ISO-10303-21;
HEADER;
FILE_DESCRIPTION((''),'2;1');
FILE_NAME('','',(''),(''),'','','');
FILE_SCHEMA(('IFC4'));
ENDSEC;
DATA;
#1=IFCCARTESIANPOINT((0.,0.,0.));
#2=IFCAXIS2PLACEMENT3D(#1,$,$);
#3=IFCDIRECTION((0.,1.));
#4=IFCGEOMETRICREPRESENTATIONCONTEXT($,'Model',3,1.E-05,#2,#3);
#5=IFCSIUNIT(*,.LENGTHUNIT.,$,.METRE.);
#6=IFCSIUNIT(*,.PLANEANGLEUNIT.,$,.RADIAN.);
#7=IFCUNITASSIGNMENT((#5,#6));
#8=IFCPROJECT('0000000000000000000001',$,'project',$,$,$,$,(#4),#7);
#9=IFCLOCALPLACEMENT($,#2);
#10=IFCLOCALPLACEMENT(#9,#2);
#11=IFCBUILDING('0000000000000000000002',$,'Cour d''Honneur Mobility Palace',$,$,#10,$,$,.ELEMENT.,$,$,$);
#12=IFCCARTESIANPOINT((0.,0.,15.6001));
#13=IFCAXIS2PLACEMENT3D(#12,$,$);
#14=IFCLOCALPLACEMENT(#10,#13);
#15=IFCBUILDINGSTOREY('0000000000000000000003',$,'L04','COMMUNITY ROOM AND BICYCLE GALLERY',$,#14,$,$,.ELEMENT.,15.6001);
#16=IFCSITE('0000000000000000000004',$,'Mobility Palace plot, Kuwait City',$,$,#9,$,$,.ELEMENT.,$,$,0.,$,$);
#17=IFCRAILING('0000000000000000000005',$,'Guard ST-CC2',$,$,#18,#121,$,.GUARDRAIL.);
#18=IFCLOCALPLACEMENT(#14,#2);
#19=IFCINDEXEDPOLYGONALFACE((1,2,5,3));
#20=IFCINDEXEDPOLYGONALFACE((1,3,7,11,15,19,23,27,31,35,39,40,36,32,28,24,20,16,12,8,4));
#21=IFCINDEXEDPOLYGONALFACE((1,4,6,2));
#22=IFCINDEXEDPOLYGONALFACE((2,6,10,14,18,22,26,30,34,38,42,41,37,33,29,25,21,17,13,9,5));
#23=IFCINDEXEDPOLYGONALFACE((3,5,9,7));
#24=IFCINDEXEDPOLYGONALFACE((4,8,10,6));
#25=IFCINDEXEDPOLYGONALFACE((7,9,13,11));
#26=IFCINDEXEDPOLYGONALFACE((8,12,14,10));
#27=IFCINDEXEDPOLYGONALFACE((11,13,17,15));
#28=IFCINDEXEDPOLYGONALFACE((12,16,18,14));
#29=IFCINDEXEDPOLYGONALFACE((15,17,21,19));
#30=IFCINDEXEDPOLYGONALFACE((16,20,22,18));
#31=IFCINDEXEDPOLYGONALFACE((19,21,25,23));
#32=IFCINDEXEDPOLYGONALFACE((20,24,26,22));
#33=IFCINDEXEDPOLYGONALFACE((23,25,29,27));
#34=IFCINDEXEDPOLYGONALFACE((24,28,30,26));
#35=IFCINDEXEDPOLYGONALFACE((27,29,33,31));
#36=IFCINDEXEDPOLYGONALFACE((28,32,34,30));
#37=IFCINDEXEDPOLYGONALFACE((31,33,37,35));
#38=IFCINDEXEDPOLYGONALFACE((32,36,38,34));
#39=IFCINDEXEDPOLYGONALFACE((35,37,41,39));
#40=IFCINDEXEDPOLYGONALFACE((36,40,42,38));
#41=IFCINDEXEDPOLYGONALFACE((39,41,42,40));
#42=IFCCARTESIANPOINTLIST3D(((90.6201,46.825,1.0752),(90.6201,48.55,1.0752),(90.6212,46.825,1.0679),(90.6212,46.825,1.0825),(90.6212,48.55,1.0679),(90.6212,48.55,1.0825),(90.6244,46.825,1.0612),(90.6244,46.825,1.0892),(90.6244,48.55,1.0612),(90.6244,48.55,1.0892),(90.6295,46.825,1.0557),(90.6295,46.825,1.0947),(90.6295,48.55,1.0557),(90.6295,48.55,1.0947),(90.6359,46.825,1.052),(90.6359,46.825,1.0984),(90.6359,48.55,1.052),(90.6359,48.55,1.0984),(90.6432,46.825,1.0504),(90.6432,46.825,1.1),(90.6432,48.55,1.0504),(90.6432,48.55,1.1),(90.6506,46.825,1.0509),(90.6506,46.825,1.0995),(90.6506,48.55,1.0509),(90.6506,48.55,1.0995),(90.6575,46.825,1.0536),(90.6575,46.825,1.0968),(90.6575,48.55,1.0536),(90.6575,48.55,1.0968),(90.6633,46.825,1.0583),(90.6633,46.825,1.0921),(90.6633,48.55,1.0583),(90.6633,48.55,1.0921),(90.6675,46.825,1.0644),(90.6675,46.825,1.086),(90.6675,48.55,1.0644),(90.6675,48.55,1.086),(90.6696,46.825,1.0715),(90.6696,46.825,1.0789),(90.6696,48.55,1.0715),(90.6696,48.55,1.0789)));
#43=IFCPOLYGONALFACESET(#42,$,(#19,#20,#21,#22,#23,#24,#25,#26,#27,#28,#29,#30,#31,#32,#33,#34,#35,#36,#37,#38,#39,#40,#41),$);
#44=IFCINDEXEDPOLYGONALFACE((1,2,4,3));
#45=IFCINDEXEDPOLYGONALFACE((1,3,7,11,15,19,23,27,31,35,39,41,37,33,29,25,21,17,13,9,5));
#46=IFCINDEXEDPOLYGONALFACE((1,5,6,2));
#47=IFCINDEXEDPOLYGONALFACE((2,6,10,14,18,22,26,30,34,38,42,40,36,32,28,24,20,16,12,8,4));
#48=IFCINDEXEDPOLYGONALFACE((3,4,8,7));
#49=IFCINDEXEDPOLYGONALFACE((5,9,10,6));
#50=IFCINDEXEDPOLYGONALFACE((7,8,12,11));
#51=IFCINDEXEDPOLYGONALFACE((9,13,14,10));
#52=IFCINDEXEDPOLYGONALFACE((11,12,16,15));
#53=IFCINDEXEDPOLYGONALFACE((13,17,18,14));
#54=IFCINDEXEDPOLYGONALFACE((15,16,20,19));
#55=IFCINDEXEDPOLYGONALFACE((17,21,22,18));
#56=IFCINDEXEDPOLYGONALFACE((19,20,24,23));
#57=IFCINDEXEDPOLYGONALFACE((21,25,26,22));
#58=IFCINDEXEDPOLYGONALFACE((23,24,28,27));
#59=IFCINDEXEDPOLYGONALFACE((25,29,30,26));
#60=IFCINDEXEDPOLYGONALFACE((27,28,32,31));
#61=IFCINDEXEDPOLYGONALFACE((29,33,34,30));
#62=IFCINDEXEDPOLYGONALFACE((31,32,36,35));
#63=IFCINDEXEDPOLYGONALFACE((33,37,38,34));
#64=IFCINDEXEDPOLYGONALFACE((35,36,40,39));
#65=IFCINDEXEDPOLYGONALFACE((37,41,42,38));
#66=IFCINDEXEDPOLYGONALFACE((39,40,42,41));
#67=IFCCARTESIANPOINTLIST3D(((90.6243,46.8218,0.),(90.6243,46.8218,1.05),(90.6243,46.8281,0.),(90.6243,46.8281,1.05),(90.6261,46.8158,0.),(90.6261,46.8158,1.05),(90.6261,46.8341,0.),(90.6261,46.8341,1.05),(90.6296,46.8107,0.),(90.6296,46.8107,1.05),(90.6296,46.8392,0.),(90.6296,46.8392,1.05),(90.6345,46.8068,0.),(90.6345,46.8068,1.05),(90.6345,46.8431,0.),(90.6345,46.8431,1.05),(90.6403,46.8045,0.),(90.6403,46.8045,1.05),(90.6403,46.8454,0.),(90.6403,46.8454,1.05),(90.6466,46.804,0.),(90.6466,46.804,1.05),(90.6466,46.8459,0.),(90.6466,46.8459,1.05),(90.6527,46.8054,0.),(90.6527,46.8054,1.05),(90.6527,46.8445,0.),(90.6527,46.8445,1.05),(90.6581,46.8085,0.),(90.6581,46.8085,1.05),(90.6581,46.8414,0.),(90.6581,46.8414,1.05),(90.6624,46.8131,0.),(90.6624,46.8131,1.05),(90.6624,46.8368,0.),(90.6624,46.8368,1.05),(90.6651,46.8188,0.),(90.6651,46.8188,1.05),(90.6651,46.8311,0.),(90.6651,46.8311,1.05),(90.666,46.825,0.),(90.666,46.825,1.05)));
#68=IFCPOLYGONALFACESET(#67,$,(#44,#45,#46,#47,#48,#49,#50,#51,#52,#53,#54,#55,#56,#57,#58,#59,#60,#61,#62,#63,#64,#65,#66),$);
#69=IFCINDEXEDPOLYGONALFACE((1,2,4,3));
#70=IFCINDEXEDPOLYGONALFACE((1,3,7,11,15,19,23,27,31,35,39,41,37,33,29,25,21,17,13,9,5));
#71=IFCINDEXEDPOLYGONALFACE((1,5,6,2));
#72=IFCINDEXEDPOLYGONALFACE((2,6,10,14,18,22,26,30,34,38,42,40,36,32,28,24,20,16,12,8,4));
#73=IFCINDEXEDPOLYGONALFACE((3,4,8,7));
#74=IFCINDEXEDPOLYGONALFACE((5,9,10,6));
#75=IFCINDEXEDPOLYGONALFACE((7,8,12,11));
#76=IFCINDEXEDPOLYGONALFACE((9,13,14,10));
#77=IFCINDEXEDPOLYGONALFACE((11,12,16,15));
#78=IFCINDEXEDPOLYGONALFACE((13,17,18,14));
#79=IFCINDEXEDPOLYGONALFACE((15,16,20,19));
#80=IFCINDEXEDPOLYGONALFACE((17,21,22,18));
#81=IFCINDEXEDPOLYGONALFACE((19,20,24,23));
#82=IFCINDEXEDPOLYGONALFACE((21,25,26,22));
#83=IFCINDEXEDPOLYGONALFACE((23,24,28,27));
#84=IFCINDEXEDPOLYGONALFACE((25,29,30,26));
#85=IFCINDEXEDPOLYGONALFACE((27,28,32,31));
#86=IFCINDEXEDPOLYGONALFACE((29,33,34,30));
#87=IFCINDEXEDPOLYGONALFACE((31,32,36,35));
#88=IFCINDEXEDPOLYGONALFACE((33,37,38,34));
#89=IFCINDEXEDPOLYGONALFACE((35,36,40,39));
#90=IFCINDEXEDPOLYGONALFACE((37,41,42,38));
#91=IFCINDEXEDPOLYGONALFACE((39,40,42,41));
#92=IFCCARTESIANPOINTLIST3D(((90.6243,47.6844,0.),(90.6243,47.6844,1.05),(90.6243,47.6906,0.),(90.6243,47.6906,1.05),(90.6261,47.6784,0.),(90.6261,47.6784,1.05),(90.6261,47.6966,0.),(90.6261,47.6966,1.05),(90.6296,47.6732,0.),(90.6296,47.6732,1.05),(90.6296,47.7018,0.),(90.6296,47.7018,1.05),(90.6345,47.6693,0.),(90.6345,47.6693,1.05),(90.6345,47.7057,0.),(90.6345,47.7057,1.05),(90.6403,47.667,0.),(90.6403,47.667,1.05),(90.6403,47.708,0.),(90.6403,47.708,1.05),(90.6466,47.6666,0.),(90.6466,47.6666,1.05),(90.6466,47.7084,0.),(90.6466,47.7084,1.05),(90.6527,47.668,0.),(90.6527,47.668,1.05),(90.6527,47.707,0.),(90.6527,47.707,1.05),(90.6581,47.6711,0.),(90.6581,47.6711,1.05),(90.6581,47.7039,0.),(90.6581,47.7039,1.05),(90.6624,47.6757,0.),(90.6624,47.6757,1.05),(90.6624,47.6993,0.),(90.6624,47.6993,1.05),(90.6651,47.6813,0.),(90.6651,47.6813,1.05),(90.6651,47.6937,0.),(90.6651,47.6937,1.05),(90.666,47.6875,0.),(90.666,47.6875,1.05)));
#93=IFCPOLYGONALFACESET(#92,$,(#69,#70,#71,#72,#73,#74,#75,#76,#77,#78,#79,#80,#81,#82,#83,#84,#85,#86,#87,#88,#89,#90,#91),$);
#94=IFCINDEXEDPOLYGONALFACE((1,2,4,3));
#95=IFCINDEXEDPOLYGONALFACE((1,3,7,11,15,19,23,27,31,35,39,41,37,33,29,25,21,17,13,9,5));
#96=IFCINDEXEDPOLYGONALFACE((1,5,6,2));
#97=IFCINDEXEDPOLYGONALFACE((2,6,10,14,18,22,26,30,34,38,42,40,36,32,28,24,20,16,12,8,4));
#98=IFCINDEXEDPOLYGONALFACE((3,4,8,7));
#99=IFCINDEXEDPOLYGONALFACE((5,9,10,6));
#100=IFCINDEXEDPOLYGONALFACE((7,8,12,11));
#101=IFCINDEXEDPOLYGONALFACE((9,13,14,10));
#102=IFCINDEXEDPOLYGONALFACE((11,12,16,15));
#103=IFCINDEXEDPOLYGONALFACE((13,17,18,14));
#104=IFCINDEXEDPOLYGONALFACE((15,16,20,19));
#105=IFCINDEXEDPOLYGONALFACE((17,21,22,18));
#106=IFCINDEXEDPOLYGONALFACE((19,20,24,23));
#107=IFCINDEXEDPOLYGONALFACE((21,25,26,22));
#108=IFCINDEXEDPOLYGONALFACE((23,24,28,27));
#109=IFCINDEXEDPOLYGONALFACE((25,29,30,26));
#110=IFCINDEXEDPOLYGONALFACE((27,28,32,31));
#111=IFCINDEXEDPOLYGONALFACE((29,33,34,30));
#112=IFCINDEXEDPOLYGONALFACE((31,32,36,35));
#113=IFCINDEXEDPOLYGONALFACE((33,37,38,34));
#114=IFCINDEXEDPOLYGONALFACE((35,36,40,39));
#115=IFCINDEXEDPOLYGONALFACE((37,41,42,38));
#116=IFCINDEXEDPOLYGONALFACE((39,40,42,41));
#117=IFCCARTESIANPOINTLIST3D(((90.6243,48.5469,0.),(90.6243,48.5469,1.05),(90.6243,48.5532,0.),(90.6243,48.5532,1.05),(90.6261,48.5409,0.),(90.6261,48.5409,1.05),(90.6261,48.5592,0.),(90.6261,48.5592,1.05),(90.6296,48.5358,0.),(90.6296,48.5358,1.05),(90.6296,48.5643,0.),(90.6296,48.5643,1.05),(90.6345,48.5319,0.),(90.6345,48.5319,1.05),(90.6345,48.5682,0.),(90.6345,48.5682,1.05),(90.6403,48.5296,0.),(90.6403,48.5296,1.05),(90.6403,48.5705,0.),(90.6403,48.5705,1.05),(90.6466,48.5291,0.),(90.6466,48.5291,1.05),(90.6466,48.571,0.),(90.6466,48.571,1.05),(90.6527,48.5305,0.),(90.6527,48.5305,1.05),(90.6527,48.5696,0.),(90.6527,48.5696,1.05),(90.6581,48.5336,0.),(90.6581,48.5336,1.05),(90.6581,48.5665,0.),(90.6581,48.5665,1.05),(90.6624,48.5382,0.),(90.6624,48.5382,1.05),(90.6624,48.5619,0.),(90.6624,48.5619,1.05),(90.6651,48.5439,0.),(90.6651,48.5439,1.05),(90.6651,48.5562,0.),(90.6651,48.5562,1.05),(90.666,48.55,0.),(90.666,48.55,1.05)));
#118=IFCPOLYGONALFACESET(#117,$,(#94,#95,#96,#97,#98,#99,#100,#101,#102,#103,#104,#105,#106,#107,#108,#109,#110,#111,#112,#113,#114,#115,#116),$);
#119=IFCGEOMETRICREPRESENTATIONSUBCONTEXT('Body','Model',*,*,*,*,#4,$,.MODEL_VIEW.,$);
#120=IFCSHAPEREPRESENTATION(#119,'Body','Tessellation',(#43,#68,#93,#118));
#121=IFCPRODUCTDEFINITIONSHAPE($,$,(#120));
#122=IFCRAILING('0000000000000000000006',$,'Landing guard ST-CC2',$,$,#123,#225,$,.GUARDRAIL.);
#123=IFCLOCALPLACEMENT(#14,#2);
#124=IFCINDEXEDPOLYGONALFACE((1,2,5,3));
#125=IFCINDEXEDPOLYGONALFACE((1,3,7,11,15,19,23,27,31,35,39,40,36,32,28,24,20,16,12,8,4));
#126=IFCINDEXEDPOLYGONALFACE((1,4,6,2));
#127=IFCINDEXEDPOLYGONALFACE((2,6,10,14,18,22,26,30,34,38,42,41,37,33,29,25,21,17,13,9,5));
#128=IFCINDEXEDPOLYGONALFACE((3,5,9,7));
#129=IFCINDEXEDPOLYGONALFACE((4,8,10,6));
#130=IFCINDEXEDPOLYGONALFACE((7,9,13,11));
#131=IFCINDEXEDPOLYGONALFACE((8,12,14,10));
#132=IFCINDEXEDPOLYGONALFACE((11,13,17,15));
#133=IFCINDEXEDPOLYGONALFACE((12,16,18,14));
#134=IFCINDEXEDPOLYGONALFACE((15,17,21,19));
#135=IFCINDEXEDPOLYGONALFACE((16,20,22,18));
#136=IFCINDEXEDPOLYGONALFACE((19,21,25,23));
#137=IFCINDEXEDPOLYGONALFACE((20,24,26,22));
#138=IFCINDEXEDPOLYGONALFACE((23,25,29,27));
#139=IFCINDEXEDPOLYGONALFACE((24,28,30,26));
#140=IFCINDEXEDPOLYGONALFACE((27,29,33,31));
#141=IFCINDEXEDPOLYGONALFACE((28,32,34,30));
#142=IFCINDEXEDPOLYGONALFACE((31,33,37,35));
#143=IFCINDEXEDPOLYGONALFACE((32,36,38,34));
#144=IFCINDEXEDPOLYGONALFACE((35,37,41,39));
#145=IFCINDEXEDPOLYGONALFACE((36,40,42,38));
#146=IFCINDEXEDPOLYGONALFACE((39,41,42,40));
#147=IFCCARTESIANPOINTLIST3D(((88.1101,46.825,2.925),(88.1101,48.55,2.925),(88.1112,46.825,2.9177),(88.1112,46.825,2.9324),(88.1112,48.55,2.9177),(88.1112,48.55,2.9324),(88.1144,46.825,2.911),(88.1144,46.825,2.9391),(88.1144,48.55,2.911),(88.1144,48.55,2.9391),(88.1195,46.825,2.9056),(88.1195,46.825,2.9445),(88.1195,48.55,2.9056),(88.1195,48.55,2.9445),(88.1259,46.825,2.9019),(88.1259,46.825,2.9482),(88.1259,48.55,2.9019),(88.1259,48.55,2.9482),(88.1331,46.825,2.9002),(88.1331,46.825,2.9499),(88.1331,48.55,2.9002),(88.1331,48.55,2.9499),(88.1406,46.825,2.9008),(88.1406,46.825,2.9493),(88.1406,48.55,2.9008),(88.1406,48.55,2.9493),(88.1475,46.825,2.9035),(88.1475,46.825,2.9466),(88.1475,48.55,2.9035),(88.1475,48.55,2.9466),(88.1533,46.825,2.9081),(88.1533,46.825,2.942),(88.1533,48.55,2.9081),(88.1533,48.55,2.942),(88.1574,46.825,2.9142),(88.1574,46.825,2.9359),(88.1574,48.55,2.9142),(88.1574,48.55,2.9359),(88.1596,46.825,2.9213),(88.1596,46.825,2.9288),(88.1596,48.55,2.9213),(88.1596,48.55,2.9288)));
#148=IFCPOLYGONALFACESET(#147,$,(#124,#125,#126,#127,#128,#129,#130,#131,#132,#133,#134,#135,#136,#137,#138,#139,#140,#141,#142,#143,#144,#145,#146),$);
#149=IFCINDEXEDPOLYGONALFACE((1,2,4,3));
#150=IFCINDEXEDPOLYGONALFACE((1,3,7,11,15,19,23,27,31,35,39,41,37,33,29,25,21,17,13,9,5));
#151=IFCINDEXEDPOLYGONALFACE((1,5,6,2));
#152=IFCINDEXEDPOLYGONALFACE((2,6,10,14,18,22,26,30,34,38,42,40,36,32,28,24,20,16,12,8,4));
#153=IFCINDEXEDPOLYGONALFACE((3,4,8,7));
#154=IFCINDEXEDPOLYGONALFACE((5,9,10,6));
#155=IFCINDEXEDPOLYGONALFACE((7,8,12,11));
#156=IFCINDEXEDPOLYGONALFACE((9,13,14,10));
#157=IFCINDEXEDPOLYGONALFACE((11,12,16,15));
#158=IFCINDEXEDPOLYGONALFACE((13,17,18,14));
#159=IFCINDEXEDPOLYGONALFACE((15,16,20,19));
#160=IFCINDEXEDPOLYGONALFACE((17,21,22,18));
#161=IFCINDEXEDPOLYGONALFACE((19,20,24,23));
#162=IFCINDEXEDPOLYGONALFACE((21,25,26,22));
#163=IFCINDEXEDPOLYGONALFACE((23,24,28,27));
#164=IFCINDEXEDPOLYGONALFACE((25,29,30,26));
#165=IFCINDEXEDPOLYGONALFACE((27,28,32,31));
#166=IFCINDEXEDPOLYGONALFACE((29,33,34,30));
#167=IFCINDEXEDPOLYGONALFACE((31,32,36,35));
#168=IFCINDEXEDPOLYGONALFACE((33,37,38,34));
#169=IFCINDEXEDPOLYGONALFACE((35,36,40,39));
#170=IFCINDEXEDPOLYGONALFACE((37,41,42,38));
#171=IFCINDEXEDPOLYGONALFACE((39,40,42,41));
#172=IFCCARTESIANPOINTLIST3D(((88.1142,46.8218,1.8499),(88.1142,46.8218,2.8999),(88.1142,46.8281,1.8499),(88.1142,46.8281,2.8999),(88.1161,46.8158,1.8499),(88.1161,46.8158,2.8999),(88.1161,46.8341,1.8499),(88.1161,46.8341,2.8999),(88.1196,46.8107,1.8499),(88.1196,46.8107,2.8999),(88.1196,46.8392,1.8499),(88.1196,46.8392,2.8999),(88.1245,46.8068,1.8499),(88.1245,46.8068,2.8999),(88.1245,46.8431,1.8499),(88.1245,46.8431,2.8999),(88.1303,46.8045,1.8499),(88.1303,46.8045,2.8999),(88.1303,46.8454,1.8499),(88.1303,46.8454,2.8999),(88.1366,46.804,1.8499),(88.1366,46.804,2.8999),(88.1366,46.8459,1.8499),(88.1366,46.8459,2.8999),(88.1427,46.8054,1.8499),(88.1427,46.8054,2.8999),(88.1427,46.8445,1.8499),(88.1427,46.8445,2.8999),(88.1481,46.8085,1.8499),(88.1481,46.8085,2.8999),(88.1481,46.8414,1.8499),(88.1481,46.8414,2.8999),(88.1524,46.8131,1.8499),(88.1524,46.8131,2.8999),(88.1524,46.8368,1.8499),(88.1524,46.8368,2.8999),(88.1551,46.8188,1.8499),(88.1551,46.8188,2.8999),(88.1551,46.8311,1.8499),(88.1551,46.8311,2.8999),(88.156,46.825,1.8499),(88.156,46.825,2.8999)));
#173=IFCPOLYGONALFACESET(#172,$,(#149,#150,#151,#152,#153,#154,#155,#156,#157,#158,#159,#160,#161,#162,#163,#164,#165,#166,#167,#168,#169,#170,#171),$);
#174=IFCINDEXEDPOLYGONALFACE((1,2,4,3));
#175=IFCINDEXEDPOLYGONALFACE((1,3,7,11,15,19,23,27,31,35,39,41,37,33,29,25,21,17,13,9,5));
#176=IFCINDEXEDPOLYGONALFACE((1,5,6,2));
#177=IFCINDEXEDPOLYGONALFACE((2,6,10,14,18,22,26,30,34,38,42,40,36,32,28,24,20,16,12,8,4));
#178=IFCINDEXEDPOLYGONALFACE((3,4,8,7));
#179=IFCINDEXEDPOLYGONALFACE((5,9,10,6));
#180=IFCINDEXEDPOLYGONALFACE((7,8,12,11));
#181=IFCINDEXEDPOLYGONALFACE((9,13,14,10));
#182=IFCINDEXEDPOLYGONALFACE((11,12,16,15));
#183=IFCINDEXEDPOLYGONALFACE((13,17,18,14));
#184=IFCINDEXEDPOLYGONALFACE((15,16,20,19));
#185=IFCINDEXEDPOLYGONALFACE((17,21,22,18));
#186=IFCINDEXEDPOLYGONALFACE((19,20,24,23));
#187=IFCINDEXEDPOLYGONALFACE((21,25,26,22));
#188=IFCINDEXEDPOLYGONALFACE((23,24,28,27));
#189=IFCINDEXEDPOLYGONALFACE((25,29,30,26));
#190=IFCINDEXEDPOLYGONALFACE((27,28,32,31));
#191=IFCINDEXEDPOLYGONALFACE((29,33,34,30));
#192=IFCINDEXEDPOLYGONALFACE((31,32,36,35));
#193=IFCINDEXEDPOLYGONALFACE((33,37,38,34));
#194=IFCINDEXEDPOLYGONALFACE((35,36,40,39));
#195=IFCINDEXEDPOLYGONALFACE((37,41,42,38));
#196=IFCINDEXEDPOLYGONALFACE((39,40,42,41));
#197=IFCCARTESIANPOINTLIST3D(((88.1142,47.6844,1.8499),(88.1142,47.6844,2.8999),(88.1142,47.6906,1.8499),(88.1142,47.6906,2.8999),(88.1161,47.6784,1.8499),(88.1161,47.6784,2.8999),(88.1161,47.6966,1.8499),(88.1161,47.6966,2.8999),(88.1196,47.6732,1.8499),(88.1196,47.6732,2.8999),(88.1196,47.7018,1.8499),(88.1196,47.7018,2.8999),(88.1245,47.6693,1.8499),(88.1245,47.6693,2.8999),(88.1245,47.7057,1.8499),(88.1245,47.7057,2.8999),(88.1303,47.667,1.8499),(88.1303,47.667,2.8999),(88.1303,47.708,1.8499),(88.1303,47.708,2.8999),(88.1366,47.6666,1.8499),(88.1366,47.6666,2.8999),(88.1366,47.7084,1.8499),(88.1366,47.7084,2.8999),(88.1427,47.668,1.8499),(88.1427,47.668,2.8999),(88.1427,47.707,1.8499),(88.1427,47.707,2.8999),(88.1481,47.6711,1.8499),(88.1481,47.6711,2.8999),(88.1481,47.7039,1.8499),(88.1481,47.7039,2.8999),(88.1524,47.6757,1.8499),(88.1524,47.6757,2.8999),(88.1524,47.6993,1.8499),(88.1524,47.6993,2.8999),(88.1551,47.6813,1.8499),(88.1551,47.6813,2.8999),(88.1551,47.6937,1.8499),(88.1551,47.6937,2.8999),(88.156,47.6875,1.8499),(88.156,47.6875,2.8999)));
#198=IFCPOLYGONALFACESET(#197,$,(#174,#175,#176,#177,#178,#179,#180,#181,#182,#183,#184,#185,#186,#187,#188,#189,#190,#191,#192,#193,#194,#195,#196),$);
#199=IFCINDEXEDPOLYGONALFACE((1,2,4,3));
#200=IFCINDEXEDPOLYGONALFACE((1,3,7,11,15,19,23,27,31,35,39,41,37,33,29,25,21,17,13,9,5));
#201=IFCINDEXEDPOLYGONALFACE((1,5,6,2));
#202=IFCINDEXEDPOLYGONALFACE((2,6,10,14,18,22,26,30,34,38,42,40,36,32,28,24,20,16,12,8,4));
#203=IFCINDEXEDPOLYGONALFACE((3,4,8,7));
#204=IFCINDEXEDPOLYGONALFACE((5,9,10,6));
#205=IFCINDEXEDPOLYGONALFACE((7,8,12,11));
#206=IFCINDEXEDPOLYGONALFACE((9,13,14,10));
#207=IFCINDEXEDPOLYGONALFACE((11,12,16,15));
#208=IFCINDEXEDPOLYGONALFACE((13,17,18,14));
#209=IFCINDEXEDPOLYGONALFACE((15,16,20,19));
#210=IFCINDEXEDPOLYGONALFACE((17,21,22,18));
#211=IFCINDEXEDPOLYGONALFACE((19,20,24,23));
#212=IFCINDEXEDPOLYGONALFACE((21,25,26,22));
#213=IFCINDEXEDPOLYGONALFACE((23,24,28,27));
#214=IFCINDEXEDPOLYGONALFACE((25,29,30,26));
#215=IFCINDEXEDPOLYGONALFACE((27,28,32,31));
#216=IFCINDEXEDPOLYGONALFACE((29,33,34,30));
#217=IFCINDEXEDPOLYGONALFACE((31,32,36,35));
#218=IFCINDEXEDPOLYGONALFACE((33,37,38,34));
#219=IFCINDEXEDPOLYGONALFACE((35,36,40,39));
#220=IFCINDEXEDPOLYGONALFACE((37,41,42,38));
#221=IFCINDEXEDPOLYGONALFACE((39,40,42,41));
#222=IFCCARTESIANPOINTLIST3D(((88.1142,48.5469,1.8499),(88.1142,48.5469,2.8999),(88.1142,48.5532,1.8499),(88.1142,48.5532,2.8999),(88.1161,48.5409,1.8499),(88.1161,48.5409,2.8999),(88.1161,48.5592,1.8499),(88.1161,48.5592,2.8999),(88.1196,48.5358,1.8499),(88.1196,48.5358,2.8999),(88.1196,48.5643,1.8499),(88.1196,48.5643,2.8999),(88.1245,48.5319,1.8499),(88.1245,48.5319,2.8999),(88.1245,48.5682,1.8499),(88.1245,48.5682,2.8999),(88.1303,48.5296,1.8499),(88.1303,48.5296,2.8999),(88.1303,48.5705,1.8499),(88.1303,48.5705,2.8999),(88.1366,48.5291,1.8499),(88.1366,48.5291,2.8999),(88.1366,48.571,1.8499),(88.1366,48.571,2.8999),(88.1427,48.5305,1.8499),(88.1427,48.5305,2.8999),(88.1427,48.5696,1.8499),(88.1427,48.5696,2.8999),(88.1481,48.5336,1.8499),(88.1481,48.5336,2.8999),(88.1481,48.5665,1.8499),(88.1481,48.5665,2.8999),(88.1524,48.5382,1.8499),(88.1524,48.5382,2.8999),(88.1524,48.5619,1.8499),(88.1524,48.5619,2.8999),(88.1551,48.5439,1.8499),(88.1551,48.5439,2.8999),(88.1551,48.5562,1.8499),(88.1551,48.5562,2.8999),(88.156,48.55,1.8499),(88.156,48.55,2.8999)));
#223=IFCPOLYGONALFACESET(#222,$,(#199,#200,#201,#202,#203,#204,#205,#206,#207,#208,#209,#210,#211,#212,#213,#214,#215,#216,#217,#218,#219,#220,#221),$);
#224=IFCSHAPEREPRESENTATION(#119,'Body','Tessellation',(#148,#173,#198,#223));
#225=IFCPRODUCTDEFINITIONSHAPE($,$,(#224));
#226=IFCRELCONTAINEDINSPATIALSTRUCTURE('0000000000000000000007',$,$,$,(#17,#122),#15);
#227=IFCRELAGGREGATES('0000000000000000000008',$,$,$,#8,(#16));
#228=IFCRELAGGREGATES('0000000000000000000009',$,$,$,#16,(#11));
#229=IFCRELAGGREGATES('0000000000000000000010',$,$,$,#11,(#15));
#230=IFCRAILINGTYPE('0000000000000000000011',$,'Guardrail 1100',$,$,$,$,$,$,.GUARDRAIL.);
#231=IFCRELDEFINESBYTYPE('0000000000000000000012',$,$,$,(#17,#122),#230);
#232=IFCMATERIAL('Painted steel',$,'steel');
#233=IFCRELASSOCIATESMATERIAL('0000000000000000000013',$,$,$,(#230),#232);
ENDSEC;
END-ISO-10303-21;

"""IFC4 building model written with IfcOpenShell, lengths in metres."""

from ifc_helpers import new_model, si_unit, direction, frame, origin, origin_2d, place, context, subcontext, project, spatial, circle, extrude, material, type_object, element, save


model = new_model("IFC4")

# Units and contexts
model_context = context("Model", 3, precision=1e-05, world=origin(), true_north=direction((0.0, 1.0)))
body_context = subcontext(model_context, "Body", "Model", "MODEL_VIEW")
ifc_project = project(units=[si_unit("LENGTHUNIT", "METRE"), si_unit("PLANEANGLEUNIT", "RADIAN")], contexts=[model_context])

# Site, building, storey
site_placement = place(None, origin())
site = spatial("IfcSite", under=ifc_project, at=site_placement, Name="Mobility Palace plot, Kuwait City", CompositionType="ELEMENT", RefElevation=0.0)
building_placement = place(site_placement, origin())
building = spatial("IfcBuilding", under=site, at=building_placement, Name="Cour d'Honneur Mobility Palace", CompositionType="ELEMENT")
storey_placement = place(building_placement, frame((0.0, 0.0, 15.6001)))
storey = spatial("IfcBuildingStorey", under=building, at=storey_placement, Name="L04", Description="COMMUNITY ROOM AND BICYCLE GALLERY", CompositionType="ELEMENT", Elevation=15.6001)

# Railings
ifc_material_1 = material(Name="Painted steel", Category="steel")
railing_type_1 = type_object("IfcRailingType", Name="Guardrail 1100", PredefinedType="GUARDRAIL", material=ifc_material_1)
for number, where, name in (
    (1, (90.645, 46.825, 0.0), "Guard ST-CC2"),
    (2, (88.135, 46.825, 1.8499), "Landing guard ST-CC2"),
):
    element("IfcRailing", number, at=place(storey_placement, frame(where)), inside=storey, type_object=railing_type_1, Name=name, PredefinedType="GUARDRAIL", context=body_context, shape_type="SweptSolid", body=[
        extrude(circle(Radius=0.0249, at=origin_2d()), frame((0.0, 0.0, 1.0752), z_axis=(0.0, 1.0, 0.0), x_axis=(-1.0, 0.0, 0.0)), (0.0, 0.0, 1.0), 1.7251),
        extrude(circle(Radius=0.021, at=origin_2d()), origin(), (0.0, 0.0, 1.0), 1.05),
        extrude(circle(Radius=0.021, at=origin_2d()), frame((0.0, 0.8625, 0.0)), (0.0, 0.0, 1.0), 1.05),
        extrude(circle(Radius=0.021, at=origin_2d()), frame((0.0, 1.7251, 0.0)), (0.0, 0.0, 1.0), 1.05),
    ])

save(model, "model.ifc")
